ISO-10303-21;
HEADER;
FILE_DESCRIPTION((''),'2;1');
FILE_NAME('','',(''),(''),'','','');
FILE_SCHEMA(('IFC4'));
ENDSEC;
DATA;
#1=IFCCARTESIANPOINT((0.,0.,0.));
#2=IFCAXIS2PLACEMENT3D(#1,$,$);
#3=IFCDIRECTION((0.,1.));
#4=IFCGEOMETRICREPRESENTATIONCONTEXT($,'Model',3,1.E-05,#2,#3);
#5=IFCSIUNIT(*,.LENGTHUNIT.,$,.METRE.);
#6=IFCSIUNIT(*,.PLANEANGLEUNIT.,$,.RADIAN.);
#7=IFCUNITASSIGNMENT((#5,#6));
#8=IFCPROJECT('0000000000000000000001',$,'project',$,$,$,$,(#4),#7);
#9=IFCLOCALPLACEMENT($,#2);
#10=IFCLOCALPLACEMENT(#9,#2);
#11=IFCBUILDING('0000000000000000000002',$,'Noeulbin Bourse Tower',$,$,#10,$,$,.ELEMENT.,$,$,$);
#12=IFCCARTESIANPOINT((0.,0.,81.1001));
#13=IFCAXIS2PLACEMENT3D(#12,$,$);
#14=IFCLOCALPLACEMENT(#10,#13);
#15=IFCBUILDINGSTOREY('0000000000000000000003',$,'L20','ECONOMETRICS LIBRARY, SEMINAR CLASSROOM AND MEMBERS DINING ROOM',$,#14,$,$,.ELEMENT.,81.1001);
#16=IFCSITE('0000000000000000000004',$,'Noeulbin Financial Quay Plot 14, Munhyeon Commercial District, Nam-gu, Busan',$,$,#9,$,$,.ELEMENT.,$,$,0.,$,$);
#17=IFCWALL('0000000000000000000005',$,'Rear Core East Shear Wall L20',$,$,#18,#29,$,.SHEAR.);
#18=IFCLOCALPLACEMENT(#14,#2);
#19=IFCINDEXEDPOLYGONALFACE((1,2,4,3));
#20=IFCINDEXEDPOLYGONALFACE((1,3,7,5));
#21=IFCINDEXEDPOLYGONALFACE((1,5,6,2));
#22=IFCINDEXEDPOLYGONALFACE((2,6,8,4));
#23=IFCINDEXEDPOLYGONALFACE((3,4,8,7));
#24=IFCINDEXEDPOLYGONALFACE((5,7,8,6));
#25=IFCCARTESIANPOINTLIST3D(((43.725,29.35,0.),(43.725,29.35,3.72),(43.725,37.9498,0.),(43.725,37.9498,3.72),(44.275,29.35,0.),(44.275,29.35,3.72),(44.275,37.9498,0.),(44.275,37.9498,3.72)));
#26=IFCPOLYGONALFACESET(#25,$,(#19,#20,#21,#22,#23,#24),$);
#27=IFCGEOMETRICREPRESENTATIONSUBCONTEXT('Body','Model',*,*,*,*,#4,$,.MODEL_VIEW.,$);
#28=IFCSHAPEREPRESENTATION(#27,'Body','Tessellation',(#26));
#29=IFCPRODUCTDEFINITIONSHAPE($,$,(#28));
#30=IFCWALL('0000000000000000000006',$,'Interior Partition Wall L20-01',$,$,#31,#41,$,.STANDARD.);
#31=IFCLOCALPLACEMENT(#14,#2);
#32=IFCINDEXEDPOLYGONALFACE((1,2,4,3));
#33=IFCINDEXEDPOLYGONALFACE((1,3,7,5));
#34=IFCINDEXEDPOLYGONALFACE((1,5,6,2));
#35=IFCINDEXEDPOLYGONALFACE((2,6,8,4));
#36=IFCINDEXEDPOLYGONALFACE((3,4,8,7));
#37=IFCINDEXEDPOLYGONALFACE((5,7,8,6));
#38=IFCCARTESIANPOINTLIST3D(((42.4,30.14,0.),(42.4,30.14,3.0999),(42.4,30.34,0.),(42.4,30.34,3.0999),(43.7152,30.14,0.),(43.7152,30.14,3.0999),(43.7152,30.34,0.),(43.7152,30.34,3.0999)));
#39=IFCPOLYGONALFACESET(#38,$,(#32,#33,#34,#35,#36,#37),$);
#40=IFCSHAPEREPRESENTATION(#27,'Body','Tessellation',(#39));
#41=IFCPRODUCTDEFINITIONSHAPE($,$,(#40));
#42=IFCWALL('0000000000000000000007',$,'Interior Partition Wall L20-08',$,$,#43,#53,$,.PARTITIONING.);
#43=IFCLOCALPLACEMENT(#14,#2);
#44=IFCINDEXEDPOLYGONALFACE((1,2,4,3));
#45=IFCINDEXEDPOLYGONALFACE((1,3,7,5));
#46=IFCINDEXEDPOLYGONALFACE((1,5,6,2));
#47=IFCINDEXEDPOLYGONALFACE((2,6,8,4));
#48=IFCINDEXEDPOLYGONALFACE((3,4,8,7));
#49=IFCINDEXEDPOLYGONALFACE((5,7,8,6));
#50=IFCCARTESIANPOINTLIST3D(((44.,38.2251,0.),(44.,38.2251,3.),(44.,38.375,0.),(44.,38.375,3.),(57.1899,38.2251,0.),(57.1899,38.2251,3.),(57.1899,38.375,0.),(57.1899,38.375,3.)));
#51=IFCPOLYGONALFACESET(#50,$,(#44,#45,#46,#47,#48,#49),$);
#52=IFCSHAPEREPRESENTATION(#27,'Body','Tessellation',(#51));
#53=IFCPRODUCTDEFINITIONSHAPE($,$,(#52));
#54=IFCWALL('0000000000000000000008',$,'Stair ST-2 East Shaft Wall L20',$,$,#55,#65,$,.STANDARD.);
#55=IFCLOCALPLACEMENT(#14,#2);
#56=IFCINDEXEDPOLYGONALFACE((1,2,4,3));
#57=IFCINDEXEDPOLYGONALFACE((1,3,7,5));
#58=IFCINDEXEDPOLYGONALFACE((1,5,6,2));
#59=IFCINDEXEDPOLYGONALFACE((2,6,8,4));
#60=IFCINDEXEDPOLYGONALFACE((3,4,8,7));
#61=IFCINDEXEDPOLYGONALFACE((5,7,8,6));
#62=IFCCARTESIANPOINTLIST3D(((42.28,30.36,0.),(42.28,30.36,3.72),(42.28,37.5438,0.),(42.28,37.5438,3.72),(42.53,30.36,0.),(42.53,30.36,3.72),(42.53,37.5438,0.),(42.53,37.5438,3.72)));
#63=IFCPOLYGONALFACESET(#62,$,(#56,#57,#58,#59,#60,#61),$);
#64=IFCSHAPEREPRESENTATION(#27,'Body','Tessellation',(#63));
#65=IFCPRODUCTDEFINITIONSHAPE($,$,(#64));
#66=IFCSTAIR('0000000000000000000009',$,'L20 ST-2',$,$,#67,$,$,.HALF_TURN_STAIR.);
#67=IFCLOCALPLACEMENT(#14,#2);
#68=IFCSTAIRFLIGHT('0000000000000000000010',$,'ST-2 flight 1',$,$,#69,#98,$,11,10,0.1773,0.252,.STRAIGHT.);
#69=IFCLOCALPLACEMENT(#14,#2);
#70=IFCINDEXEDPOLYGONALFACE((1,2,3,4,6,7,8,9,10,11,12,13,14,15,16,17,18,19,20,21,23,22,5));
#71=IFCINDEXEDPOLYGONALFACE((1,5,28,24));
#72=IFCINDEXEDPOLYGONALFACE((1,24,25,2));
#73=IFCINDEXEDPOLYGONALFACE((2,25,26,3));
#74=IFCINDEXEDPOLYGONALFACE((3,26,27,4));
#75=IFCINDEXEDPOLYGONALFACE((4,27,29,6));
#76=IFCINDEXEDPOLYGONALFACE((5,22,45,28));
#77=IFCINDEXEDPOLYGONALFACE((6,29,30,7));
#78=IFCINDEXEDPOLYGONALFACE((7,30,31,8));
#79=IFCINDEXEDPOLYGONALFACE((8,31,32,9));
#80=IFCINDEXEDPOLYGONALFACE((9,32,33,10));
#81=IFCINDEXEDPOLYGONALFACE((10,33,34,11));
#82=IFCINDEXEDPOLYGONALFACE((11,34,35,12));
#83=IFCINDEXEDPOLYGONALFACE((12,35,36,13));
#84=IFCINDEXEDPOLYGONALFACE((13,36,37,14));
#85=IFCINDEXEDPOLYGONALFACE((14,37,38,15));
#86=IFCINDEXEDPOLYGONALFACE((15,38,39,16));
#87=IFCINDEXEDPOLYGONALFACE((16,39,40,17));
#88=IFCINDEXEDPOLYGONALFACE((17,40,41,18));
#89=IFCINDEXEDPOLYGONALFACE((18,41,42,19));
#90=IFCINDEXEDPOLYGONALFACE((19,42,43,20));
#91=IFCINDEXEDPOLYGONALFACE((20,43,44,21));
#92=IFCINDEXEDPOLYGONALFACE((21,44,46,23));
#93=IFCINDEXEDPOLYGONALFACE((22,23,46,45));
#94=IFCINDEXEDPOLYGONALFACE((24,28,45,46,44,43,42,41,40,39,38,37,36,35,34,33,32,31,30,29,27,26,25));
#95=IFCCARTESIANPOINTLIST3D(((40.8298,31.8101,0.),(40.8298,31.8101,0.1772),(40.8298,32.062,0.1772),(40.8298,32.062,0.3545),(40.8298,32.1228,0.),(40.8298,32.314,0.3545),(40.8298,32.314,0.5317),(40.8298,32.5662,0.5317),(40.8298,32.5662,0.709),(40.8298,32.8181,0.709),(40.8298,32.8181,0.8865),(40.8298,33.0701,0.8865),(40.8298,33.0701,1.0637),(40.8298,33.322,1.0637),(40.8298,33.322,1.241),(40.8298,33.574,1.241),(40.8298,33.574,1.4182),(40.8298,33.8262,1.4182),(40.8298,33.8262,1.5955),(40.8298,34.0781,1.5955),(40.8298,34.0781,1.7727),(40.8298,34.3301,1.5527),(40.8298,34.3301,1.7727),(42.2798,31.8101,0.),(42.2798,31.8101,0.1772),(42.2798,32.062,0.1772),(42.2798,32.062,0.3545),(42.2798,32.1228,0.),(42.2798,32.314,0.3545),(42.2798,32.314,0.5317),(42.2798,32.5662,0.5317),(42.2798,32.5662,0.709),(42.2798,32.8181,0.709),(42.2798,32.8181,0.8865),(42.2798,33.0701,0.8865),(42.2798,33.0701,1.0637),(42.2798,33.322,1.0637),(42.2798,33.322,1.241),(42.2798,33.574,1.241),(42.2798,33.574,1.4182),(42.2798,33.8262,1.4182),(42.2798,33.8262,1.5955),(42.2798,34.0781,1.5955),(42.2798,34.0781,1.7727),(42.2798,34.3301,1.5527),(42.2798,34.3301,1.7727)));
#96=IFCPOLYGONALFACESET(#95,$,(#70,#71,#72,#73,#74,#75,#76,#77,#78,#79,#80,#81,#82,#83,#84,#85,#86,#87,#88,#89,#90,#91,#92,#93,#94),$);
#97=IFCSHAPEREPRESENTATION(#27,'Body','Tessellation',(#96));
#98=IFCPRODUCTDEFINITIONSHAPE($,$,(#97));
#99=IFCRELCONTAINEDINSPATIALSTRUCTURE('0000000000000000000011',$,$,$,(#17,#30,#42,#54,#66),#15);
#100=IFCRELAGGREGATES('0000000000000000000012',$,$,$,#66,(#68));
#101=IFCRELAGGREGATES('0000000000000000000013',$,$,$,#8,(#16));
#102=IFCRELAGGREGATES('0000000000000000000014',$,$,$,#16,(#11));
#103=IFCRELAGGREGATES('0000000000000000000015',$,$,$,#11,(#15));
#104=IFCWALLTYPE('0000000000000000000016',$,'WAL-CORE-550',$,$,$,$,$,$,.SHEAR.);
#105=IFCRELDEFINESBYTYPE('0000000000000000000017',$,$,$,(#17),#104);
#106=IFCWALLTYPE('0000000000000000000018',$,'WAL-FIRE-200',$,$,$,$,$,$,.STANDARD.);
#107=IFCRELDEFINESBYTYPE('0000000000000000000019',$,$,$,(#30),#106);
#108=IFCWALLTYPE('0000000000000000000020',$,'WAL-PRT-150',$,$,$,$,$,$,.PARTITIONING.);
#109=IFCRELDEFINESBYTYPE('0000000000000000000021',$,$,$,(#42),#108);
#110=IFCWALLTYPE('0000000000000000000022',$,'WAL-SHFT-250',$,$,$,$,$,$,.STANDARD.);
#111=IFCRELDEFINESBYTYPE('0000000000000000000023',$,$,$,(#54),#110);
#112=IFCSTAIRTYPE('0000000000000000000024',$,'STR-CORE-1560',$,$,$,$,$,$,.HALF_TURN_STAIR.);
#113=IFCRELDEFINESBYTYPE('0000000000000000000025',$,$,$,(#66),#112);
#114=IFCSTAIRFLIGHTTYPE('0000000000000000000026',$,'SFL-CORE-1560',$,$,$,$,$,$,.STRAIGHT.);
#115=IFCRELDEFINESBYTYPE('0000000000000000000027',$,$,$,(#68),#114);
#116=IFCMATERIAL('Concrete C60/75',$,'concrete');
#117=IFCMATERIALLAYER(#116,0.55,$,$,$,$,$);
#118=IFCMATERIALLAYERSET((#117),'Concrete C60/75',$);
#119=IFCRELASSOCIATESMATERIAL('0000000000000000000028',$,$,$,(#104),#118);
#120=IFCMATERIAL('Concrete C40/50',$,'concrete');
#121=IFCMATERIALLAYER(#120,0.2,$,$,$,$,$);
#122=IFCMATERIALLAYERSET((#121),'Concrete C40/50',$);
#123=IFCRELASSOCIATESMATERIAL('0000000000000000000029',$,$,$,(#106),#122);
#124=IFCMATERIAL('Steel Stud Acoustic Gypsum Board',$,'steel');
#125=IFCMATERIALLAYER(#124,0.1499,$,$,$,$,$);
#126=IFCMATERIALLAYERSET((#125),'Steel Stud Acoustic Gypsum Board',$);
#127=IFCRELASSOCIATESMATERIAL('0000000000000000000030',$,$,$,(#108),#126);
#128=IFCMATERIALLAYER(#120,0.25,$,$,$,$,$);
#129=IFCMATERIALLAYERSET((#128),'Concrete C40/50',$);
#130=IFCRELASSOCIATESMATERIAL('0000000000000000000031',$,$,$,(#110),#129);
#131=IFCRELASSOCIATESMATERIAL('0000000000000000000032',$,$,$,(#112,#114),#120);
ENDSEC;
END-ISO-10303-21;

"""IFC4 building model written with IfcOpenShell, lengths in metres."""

from ifc_helpers import new_model, si_unit, direction, frame, frame_2d, origin, place, context, subcontext, project, spatial, polyline, rectangle, outline, extrude, material, layer, layer_set, type_object, element, aggregate, save


model = new_model("IFC4")

# Units and contexts
model_context = context("Model", 3, precision=1e-05, world=origin(), true_north=direction((0.0, 1.0)))
body_context = subcontext(model_context, "Body", "Model", "MODEL_VIEW")
ifc_project = project(units=[si_unit("LENGTHUNIT", "METRE"), si_unit("PLANEANGLEUNIT", "RADIAN")], contexts=[model_context])

# Site, building, storey
site_placement = place(None, origin())
site = spatial("IfcSite", under=ifc_project, at=site_placement, Name="Noeulbin Financial Quay Plot 14, Munhyeon Commercial District, Nam-gu, Busan", CompositionType="ELEMENT", RefElevation=0.0)
building_placement = place(site_placement, origin())
building = spatial("IfcBuilding", under=site, at=building_placement, Name="Noeulbin Bourse Tower", CompositionType="ELEMENT")
storey_placement = place(building_placement, frame((0.0, 0.0, 81.1001)))
storey = spatial("IfcBuildingStorey", under=building, at=storey_placement, Name="L20", Description="ECONOMETRICS LIBRARY, SEMINAR CLASSROOM AND MEMBERS DINING ROOM", CompositionType="ELEMENT", Elevation=81.1001)

# Walls
ifc_material_1 = material(Name="Concrete C60/75", Category="concrete")
ifc_layer_1 = layer(ifc_material_1, 0.55)
ifc_layer_set_1 = layer_set([ifc_layer_1], Name="Concrete C60/75")
wall_type_1 = type_object("IfcWallType", Name="WAL-CORE-550", PredefinedType="SHEAR", material=ifc_layer_set_1)
wall_1_placement = place(storey_placement, frame((44.0, 29.3501, 0.0), z_axis=(0.0, 0.0, 1.0), x_axis=(0.0, 1.0, 0.0)))
element("IfcWall", 1, at=wall_1_placement, inside=storey, type_object=wall_type_1, Name="Rear Core East Shear Wall L20", PredefinedType="SHEAR", context=body_context, shape_type="SweptSolid", body=[
    extrude(rectangle(XDim=8.5999, YDim=0.55, at=frame_2d((4.2998, 0.0))), origin(), (0.0, 0.0, 1.0), 3.72),
])
ifc_material_2 = material(Name="Concrete C40/50", Category="concrete")
ifc_layer_2 = layer(ifc_material_2, 0.2)
ifc_layer_set_2 = layer_set([ifc_layer_2], Name="Concrete C40/50")
wall_type_2 = type_object("IfcWallType", Name="WAL-FIRE-200", PredefinedType="STANDARD", material=ifc_layer_set_2)
wall_2_placement = place(storey_placement, frame((42.3999, 30.24, 0.0), z_axis=(0.0, 0.0, 1.0), x_axis=(1.0, 0.0, 0.0)))
element("IfcWall", 2, at=wall_2_placement, inside=storey, type_object=wall_type_2, Name="Interior Partition Wall L20-01", PredefinedType="STANDARD", context=body_context, shape_type="SweptSolid", body=[
    extrude(rectangle(XDim=1.3152, YDim=0.2, at=frame_2d((0.6577, 0.0))), origin(), (0.0, 0.0, 1.0), 3.0999),
])
ifc_material_3 = material(Name="Steel Stud Acoustic Gypsum Board", Category="steel")
ifc_layer_3 = layer(ifc_material_3, 0.1499)
ifc_layer_set_3 = layer_set([ifc_layer_3], Name="Steel Stud Acoustic Gypsum Board")
wall_type_3 = type_object("IfcWallType", Name="WAL-PRT-150", PredefinedType="PARTITIONING", material=ifc_layer_set_3)
wall_3_placement = place(storey_placement, frame((44.0, 38.3, 0.0), z_axis=(0.0, 0.0, 1.0), x_axis=(1.0, 0.0, 0.0)))
element("IfcWall", 3, at=wall_3_placement, inside=storey, type_object=wall_type_3, Name="Interior Partition Wall L20-08", PredefinedType="PARTITIONING", context=body_context, shape_type="SweptSolid", body=[
    extrude(rectangle(XDim=13.1899, YDim=0.1499, at=frame_2d((6.595, 0.0))), origin(), (0.0, 0.0, 1.0), 3.0),
])
ifc_layer_4 = layer(ifc_material_2, 0.25)
ifc_layer_set_4 = layer_set([ifc_layer_4], Name="Concrete C40/50")
wall_type_4 = type_object("IfcWallType", Name="WAL-SHFT-250", PredefinedType="STANDARD", material=ifc_layer_set_4)
wall_4_placement = place(storey_placement, frame((42.405, 30.3601, 0.0), z_axis=(0.0, 0.0, 1.0), x_axis=(0.0, 1.0, 0.0)))
element("IfcWall", 4, at=wall_4_placement, inside=storey, type_object=wall_type_4, Name="Stair ST-2 East Shaft Wall L20", PredefinedType="STANDARD", context=body_context, shape_type="SweptSolid", body=[
    extrude(rectangle(XDim=7.1838, YDim=0.25, at=frame_2d((3.5918, 0.0))), origin(), (0.0, 0.0, 1.0), 3.72),
])

# Stair, stair flight
stair_type = type_object("IfcStairType", Name="STR-CORE-1560", PredefinedType="HALF_TURN_STAIR", material=ifc_material_2)
stair_placement = place(storey_placement, origin())
stair = element("IfcStair", 5, at=stair_placement, inside=storey, type_object=stair_type, Name="L20 ST-2", PredefinedType="HALF_TURN_STAIR")
stair_flight_type = type_object("IfcStairFlightType", Name="SFL-CORE-1560", PredefinedType="STRAIGHT", material=ifc_material_2)
stair_flight_placement = place(storey_placement, frame((41.5549, 31.8101, 0.0), z_axis=(0.0, 0.0, 1.0), x_axis=(0.0, 1.0, 0.0)))
stair_flight = element("IfcStairFlight", 6, at=stair_flight_placement, type_object=stair_flight_type, Name="ST-2 flight 1", NumberOfRisers=11, NumberOfTreads=10, PredefinedType="STRAIGHT", RiserHeight=0.1773, TreadLength=0.252, context=body_context, shape_type="SweptSolid", body=[
    extrude(outline(polyline([(0.0, 0.0), (0.0, 0.1772), (0.252, 0.1772), (0.252, 0.3545), (0.5039, 0.3545), (0.5039, 0.5317), (0.7561, 0.5317), (0.7561, 0.709), (1.0081, 0.709), (1.0081, 0.8865), (1.26, 0.8865), (1.26, 1.0637), (1.512, 1.0637), (1.512, 1.241), (1.7639, 1.241), (1.7639, 1.4182), (2.0161, 1.4182), (2.0161, 1.5955), (2.2681, 1.5955), (2.2681, 1.7727), (2.52, 1.7727), (2.52, 1.95), (2.52, 1.5527), (0.3127, 0.0), (0.0, 0.0)])), frame((0.0, 0.7251, 0.0), z_axis=(0.0, -1.0, 0.0), x_axis=(1.0, 0.0, 0.0)), (0.0, 0.0, 1.0), 1.45),
])
aggregate(stair, [stair_flight])

save(model, "model.ifc")
